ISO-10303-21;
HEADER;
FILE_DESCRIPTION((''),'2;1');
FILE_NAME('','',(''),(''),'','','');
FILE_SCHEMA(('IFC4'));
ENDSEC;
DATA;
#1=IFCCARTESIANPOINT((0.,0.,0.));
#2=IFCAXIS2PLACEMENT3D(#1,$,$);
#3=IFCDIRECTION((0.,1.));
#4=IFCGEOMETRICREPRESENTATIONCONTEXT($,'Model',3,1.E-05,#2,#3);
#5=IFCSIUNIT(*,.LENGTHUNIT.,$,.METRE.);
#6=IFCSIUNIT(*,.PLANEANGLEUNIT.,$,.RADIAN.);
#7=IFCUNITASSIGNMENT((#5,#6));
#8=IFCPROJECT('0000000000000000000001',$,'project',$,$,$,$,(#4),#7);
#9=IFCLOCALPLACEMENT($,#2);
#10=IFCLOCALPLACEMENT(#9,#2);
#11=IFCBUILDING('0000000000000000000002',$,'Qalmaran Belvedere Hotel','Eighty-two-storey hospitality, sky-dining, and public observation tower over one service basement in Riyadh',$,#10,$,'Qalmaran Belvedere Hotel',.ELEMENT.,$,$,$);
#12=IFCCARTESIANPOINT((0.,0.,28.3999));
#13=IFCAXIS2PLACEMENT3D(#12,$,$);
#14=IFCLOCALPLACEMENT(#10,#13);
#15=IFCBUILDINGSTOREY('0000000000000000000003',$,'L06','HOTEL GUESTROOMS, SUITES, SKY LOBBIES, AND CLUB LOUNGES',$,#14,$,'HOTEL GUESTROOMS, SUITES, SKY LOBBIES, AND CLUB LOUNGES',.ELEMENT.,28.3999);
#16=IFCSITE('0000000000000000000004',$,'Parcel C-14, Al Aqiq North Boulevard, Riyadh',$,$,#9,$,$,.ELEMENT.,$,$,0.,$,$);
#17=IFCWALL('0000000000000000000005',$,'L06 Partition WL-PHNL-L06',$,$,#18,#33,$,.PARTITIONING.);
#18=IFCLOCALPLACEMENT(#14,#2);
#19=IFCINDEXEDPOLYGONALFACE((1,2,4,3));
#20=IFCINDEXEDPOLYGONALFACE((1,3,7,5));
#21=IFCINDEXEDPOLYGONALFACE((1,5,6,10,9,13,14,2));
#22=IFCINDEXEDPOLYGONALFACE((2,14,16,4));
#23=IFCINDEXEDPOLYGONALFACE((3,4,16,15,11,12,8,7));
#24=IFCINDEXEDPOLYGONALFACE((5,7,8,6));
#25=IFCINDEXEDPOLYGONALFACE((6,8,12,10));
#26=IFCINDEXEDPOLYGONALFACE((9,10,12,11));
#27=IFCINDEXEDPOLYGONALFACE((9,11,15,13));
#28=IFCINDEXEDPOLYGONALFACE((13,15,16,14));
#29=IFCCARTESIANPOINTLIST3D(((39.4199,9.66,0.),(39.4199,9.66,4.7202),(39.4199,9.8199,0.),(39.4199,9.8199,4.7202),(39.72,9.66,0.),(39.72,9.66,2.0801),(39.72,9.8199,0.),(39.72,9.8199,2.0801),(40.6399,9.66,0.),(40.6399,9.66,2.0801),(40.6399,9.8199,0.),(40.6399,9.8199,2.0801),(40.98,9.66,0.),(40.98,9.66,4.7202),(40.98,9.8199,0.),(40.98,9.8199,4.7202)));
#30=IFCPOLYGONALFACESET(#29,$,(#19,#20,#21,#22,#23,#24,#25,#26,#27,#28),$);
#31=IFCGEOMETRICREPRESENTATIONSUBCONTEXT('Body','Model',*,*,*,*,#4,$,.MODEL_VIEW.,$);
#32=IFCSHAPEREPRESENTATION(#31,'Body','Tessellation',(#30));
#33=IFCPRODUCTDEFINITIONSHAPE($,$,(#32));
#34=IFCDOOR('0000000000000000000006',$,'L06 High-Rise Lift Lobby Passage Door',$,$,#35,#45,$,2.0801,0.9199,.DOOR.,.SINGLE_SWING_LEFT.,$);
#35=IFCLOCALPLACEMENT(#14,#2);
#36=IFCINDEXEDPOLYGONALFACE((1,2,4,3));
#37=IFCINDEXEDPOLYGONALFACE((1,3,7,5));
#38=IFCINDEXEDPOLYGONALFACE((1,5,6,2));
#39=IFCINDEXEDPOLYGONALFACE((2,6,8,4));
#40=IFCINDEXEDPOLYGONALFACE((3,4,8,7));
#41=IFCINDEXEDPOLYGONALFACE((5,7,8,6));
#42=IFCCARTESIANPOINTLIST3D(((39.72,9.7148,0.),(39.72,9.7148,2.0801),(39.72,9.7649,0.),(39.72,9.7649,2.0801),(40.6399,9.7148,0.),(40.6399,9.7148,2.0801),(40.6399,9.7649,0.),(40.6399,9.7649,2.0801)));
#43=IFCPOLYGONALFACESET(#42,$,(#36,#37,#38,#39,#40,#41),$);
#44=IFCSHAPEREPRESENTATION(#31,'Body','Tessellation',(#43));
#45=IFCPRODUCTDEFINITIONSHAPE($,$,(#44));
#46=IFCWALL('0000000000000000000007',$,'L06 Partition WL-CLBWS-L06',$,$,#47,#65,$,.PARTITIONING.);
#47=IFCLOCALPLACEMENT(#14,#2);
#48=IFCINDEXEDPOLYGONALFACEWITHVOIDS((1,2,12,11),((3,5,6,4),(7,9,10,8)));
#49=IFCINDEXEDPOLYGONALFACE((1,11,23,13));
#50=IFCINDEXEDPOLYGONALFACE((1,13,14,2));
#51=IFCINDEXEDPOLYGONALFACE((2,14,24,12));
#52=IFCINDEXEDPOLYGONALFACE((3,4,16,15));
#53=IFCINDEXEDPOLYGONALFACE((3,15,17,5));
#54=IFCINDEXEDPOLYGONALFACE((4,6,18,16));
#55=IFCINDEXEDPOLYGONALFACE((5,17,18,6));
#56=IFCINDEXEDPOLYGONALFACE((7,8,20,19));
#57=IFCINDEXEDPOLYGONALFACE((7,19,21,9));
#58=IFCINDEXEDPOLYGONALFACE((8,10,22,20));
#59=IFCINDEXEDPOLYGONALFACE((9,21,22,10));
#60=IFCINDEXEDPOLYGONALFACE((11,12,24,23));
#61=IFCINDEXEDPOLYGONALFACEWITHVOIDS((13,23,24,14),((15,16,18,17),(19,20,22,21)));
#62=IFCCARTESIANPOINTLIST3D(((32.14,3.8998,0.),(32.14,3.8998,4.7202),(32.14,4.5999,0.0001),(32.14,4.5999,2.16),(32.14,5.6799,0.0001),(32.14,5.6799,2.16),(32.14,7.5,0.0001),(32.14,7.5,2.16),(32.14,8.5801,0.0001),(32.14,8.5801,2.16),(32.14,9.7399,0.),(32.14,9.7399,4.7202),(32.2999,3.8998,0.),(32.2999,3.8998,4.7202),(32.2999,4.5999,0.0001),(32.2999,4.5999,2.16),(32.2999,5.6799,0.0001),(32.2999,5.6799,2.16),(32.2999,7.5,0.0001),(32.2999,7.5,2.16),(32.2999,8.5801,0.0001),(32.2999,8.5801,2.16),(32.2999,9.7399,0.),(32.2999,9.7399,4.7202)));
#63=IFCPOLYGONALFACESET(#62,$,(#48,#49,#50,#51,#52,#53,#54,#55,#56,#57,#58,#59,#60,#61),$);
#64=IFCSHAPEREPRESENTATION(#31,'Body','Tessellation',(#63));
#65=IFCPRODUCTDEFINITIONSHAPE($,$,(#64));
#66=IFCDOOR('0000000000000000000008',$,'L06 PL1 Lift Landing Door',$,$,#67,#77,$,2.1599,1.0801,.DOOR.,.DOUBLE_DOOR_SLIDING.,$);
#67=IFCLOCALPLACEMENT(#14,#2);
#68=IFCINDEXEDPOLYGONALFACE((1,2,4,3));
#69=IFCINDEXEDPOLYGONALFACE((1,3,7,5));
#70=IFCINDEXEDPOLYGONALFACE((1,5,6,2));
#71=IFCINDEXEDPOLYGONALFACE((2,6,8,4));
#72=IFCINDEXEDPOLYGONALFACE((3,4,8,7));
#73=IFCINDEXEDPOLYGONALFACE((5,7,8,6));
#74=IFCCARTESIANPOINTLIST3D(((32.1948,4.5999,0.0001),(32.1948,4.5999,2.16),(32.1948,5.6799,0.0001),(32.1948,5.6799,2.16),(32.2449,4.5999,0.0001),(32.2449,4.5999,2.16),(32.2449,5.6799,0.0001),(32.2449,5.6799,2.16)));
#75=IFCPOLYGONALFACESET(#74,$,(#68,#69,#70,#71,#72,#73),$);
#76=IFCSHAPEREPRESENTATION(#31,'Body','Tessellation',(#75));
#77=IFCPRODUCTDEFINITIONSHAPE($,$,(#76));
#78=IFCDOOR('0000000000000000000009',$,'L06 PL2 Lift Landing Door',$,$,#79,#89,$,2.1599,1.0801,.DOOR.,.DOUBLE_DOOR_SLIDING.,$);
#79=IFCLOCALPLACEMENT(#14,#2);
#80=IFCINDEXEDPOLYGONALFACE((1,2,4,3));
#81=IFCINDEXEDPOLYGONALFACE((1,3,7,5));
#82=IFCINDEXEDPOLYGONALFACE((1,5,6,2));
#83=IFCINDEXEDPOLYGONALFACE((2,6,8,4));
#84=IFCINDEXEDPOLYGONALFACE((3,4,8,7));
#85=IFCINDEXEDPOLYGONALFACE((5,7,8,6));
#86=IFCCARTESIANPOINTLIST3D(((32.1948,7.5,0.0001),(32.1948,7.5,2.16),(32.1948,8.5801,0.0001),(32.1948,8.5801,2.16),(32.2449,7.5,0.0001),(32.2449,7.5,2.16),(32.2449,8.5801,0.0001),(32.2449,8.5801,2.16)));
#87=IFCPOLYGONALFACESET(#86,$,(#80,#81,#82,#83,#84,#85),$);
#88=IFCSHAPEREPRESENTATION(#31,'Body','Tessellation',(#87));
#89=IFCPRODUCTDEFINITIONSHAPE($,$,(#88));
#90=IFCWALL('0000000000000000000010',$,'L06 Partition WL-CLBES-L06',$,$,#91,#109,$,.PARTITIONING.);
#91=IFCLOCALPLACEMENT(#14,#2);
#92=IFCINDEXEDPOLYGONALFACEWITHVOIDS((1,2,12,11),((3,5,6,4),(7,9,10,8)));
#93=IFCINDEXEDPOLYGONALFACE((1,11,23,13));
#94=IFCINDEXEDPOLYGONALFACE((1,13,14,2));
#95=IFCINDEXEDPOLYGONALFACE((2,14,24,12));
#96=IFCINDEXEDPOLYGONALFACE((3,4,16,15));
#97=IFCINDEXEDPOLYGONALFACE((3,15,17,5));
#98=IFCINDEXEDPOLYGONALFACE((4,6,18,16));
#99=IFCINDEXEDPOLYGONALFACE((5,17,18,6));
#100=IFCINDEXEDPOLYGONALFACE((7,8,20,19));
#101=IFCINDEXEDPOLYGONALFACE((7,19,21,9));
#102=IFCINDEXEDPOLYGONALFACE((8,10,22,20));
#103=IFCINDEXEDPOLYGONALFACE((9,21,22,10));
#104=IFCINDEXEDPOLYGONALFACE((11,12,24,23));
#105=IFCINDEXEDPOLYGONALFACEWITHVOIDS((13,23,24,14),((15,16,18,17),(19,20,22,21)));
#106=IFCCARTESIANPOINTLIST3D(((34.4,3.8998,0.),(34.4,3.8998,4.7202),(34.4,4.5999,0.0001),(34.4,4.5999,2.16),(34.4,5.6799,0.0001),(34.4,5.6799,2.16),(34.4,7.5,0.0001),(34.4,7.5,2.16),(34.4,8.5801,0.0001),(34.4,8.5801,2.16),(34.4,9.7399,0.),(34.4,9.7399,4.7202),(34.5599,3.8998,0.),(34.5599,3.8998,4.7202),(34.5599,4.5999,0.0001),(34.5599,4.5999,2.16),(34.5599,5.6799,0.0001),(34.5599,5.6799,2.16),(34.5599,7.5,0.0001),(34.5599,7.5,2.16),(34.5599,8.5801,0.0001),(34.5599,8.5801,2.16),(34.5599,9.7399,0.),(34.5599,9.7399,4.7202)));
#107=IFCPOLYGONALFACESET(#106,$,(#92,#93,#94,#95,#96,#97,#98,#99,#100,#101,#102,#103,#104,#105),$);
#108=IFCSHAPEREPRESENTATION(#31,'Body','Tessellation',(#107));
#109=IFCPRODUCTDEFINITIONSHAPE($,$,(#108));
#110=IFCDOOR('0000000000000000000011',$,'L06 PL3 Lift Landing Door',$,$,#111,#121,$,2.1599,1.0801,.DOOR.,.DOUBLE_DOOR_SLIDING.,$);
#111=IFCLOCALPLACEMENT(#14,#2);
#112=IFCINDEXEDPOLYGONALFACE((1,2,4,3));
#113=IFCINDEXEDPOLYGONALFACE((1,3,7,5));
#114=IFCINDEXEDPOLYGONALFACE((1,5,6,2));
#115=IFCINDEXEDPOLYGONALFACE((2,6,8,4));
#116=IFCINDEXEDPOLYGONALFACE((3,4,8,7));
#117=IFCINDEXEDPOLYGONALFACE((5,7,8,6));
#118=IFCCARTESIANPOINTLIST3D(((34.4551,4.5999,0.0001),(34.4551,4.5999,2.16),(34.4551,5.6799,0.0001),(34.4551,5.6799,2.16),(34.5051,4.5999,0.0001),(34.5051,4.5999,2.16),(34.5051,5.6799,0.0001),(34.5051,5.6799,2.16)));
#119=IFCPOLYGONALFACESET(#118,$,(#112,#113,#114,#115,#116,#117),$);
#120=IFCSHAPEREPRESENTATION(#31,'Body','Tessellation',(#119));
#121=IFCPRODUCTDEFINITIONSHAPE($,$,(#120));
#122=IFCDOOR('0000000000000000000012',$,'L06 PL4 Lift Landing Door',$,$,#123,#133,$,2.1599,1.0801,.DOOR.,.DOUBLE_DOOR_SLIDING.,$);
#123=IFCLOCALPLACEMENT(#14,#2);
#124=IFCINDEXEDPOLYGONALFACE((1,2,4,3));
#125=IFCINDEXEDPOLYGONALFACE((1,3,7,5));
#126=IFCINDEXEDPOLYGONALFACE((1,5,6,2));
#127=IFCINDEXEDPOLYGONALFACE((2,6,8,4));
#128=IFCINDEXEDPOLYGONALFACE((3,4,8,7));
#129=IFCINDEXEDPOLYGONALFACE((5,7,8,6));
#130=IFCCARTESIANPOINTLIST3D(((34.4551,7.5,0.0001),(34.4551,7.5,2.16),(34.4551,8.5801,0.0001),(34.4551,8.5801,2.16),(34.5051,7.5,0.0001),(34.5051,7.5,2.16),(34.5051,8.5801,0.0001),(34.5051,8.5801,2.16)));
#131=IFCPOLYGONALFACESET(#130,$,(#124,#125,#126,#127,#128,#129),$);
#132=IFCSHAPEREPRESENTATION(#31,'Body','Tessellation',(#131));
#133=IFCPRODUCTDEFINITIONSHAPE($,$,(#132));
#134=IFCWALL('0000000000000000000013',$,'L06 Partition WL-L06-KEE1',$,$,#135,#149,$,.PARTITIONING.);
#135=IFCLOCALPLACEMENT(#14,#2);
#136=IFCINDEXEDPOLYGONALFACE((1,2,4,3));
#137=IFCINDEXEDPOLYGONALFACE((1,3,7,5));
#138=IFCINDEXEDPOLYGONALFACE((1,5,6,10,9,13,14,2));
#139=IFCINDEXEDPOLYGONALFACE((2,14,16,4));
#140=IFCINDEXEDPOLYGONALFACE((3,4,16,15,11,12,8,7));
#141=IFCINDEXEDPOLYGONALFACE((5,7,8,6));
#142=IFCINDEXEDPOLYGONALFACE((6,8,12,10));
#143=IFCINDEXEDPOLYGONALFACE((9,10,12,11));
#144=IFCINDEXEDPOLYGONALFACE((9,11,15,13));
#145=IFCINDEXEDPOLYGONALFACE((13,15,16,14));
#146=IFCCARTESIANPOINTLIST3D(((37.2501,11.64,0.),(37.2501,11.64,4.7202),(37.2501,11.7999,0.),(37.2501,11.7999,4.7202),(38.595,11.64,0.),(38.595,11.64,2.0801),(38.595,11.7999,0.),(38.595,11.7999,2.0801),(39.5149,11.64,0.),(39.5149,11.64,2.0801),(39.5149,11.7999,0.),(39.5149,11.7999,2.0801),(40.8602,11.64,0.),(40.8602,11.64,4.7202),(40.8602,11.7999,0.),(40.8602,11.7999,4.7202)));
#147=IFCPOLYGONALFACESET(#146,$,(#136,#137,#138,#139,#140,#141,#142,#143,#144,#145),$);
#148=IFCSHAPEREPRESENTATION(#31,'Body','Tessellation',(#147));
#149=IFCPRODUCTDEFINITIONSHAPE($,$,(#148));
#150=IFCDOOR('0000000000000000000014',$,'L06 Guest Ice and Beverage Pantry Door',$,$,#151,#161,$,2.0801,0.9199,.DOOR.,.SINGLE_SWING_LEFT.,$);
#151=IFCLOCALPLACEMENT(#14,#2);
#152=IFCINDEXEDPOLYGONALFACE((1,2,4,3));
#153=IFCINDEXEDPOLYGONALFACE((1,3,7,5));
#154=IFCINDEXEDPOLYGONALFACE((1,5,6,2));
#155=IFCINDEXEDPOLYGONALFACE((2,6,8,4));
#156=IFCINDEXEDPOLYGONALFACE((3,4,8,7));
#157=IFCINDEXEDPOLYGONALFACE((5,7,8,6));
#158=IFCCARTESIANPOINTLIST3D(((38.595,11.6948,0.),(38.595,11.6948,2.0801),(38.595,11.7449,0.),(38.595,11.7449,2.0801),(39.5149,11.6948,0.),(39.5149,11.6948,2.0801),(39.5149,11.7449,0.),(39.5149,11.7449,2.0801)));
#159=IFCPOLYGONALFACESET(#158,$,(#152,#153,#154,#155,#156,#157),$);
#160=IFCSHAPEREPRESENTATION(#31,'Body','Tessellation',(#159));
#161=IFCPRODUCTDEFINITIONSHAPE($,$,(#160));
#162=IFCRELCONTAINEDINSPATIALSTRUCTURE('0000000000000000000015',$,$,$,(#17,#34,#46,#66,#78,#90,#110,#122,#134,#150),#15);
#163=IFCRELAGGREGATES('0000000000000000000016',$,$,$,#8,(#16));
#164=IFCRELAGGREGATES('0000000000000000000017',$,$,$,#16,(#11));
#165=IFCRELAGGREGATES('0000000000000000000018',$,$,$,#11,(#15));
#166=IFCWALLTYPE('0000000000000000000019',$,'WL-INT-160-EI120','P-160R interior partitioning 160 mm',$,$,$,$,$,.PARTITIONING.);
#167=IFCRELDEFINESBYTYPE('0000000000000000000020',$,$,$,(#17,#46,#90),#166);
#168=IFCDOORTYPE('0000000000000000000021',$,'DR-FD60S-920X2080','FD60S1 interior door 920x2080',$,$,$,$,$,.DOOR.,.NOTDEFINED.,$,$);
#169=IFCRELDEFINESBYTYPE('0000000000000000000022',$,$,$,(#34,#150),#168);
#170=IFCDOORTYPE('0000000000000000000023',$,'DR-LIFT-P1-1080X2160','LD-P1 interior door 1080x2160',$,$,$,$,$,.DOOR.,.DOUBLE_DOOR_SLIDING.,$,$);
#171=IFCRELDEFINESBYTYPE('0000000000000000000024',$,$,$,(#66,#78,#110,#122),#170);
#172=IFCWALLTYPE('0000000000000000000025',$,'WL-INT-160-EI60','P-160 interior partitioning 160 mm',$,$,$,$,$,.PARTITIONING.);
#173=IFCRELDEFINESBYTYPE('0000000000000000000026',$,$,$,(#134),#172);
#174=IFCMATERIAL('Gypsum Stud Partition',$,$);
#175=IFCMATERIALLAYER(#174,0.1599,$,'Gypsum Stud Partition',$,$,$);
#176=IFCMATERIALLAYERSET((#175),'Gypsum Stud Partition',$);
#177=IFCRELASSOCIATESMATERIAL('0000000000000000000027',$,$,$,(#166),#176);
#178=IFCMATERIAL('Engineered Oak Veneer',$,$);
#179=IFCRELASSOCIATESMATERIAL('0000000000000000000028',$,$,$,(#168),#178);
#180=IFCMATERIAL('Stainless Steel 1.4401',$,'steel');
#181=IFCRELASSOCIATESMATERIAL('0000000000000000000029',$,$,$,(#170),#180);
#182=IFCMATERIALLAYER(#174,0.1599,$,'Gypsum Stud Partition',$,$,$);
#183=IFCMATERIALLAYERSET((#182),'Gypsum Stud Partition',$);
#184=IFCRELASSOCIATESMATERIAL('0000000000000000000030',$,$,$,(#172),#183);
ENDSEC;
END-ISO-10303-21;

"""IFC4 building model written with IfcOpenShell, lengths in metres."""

from ifc_helpers import new_model, si_unit, direction, frame, frame_2d, origin, place, context, subcontext, project, spatial, rectangle, extrude, material, layer, layer_set, type_object, element, fill, save


model = new_model("IFC4")

# Units and contexts
model_context = context("Model", 3, precision=1e-05, world=origin(), true_north=direction((0.0, 1.0)))
body_context = subcontext(model_context, "Body", "Model", "MODEL_VIEW")
ifc_project = project(units=[si_unit("LENGTHUNIT", "METRE"), si_unit("PLANEANGLEUNIT", "RADIAN")], contexts=[model_context])

# Site, building, storey
site_placement = place(None, origin())
site = spatial("IfcSite", under=ifc_project, at=site_placement, Name="Parcel C-14, Al Aqiq North Boulevard, Riyadh", CompositionType="ELEMENT", RefElevation=0.0)
building_placement = place(site_placement, origin())
building = spatial("IfcBuilding", under=site, at=building_placement, Name="Qalmaran Belvedere Hotel", Description="Eighty-two-storey hospitality, sky-dining, and public observation tower over one service basement in Riyadh", LongName="Qalmaran Belvedere Hotel", CompositionType="ELEMENT")
storey_placement = place(building_placement, frame((0.0, 0.0, 28.3999)))
storey = spatial("IfcBuildingStorey", under=building, at=storey_placement, Name="L06", Description="HOTEL GUESTROOMS, SUITES, SKY LOBBIES, AND CLUB LOUNGES", LongName="HOTEL GUESTROOMS, SUITES, SKY LOBBIES, AND CLUB LOUNGES", CompositionType="ELEMENT", Elevation=28.3999)

# Shared definitions
ifc_material_1 = material(Name="Gypsum Stud Partition")
ifc_layer_1 = layer(ifc_material_1, 0.1599, Name="Gypsum Stud Partition")
ifc_layer_set_1 = layer_set([ifc_layer_1], Name="Gypsum Stud Partition")
wall_type_1 = type_object("IfcWallType", Name="WL-INT-160-EI120", Description="P-160R interior partitioning 160 mm", PredefinedType="PARTITIONING", material=ifc_layer_set_1)

# Wall, opening, door
wall_1_placement = place(storey_placement, frame((39.4199, 9.74, 0.0), z_axis=(0.0, 0.0, 1.0), x_axis=(1.0, 0.0, 0.0)))
wall_1 = element("IfcWall", 1, at=wall_1_placement, inside=storey, type_object=wall_type_1, Name="L06 Partition WL-PHNL-L06", PredefinedType="PARTITIONING", context=body_context, shape_type="SweptSolid", body=[
    extrude(rectangle(XDim=1.5601, YDim=0.1599, at=frame_2d((0.78, 0.0))), origin(), (0.0, 0.0, 1.0), 4.7202),
])
opening_1_placement = place(wall_1_placement, frame((0.3, 0.0, 0.0)))
opening_1 = element("IfcOpeningElement", 2, at=opening_1_placement, cuts=wall_1, PredefinedType="OPENING", context=body_context, shape_type="SweptSolid", body=[
    extrude(rectangle(XDim=0.9199, YDim=2.0801, at=frame_2d((0.46, 1.04))), frame((0.0, 0.0898, 0.0), z_axis=(0.0, -1.0, 0.0), x_axis=(1.0, 0.0, 0.0)), (0.0, 0.0, 1.0), 0.1799),
])
ifc_material_2 = material(Name="Engineered Oak Veneer")
door_type_1 = type_object("IfcDoorType", Name="DR-FD60S-920X2080", Description="FD60S1 interior door 920x2080", OperationType="NOTDEFINED", PredefinedType="DOOR", material=ifc_material_2)
door_1_placement = place(opening_1_placement, origin())
door_1 = element("IfcDoor", 3, at=door_1_placement, inside=storey, type_object=door_type_1, Name="L06 High-Rise Lift Lobby Passage Door", OperationType="SINGLE_SWING_LEFT", OverallHeight=2.0801, OverallWidth=0.9199, PredefinedType="DOOR", context=body_context, shape_type="SweptSolid", body=[
    extrude(rectangle(XDim=0.9199, YDim=2.0801, at=frame_2d((0.46, 1.04))), frame((0.0, 0.0249, 0.0), z_axis=(0.0, -1.0, 0.0), x_axis=(1.0, 0.0, 0.0)), (0.0, 0.0, 1.0), 0.05),
])
fill(opening_1, door_1)

# Walls, openings, doors
wall_2_placement = place(storey_placement, frame((32.22, 3.8999, 0.0), z_axis=(0.0, 0.0, 1.0), x_axis=(0.0, 1.0, 0.0)))
wall_2 = element("IfcWall", 4, at=wall_2_placement, inside=storey, type_object=wall_type_1, Name="L06 Partition WL-CLBWS-L06", PredefinedType="PARTITIONING", context=body_context, shape_type="SweptSolid", body=[
    extrude(rectangle(XDim=5.8401, YDim=0.1599, at=frame_2d((2.9199, 0.0))), origin(), (0.0, 0.0, 1.0), 4.7202),
])
opening_2_placement = place(wall_2_placement, frame((1.78, 0.0, 0.0), z_axis=(0.0, 0.0, 1.0), x_axis=(-1.0, 0.0, 0.0)))
opening_2 = element("IfcOpeningElement", 5, at=opening_2_placement, cuts=wall_2, PredefinedType="OPENING", context=body_context, shape_type="SweptSolid", body=[
    extrude(rectangle(XDim=1.0801, YDim=2.1599, at=frame_2d((0.54, 1.0801))), frame((0.0, 0.0898, 0.0), z_axis=(0.0, -1.0, 0.0), x_axis=(1.0, 0.0, 0.0)), (0.0, 0.0, 1.0), 0.1799),
])
opening_3_placement = place(wall_2_placement, frame((4.6802, 0.0, 0.0), z_axis=(0.0, 0.0, 1.0), x_axis=(-1.0, 0.0, 0.0)))
opening_3 = element("IfcOpeningElement", 6, at=opening_3_placement, cuts=wall_2, PredefinedType="OPENING", context=body_context, shape_type="SweptSolid", body=[
    extrude(rectangle(XDim=1.0801, YDim=2.1599, at=frame_2d((0.54, 1.0801))), frame((0.0, 0.0898, 0.0), z_axis=(0.0, -1.0, 0.0), x_axis=(1.0, 0.0, 0.0)), (0.0, 0.0, 1.0), 0.1799),
])
ifc_material_3 = material(Name="Stainless Steel 1.4401", Category="steel")
door_type_2 = type_object("IfcDoorType", Name="DR-LIFT-P1-1080X2160", Description="LD-P1 interior door 1080x2160", OperationType="DOUBLE_DOOR_SLIDING", PredefinedType="DOOR", material=ifc_material_3)
door_2_placement = place(opening_2_placement, origin())
door_2 = element("IfcDoor", 7, at=door_2_placement, inside=storey, type_object=door_type_2, Name="L06 PL1 Lift Landing Door", OperationType="DOUBLE_DOOR_SLIDING", OverallHeight=2.1599, OverallWidth=1.0801, PredefinedType="DOOR", context=body_context, shape_type="SweptSolid", body=[
    extrude(rectangle(XDim=1.0801, YDim=2.1599, at=frame_2d((0.54, 1.0801))), frame((0.0, 0.0249, 0.0), z_axis=(0.0, -1.0, 0.0), x_axis=(1.0, 0.0, 0.0)), (0.0, 0.0, 1.0), 0.05),
])
fill(opening_2, door_2)
door_3_placement = place(opening_3_placement, origin())
door_3 = element("IfcDoor", 8, at=door_3_placement, inside=storey, type_object=door_type_2, Name="L06 PL2 Lift Landing Door", OperationType="DOUBLE_DOOR_SLIDING", OverallHeight=2.1599, OverallWidth=1.0801, PredefinedType="DOOR", context=body_context, shape_type="SweptSolid", body=[
    extrude(rectangle(XDim=1.0801, YDim=2.1599, at=frame_2d((0.54, 1.0801))), frame((0.0, 0.0249, 0.0), z_axis=(0.0, -1.0, 0.0), x_axis=(1.0, 0.0, 0.0)), (0.0, 0.0, 1.0), 0.05),
])
fill(opening_3, door_3)
wall_3_placement = place(storey_placement, frame((34.48, 3.8999, 0.0), z_axis=(0.0, 0.0, 1.0), x_axis=(0.0, 1.0, 0.0)))
wall_3 = element("IfcWall", 9, at=wall_3_placement, inside=storey, type_object=wall_type_1, Name="L06 Partition WL-CLBES-L06", PredefinedType="PARTITIONING", context=body_context, shape_type="SweptSolid", body=[
    extrude(rectangle(XDim=5.8401, YDim=0.1599, at=frame_2d((2.9199, 0.0))), origin(), (0.0, 0.0, 1.0), 4.7202),
])
opening_4_placement = place(wall_3_placement, frame((0.7, 0.0, 0.0)))
opening_4 = element("IfcOpeningElement", 10, at=opening_4_placement, cuts=wall_3, PredefinedType="OPENING", context=body_context, shape_type="SweptSolid", body=[
    extrude(rectangle(XDim=1.0801, YDim=2.1599, at=frame_2d((0.54, 1.0801))), frame((0.0, 0.0898, 0.0), z_axis=(0.0, -1.0, 0.0), x_axis=(1.0, 0.0, 0.0)), (0.0, 0.0, 1.0), 0.1799),
])
opening_5_placement = place(wall_3_placement, frame((3.6001, 0.0, 0.0)))
opening_5 = element("IfcOpeningElement", 11, at=opening_5_placement, cuts=wall_3, PredefinedType="OPENING", context=body_context, shape_type="SweptSolid", body=[
    extrude(rectangle(XDim=1.0801, YDim=2.1599, at=frame_2d((0.54, 1.0801))), frame((0.0, 0.0898, 0.0), z_axis=(0.0, -1.0, 0.0), x_axis=(1.0, 0.0, 0.0)), (0.0, 0.0, 1.0), 0.1799),
])
door_4_placement = place(opening_4_placement, origin())
door_4 = element("IfcDoor", 12, at=door_4_placement, inside=storey, type_object=door_type_2, Name="L06 PL3 Lift Landing Door", OperationType="DOUBLE_DOOR_SLIDING", OverallHeight=2.1599, OverallWidth=1.0801, PredefinedType="DOOR", context=body_context, shape_type="SweptSolid", body=[
    extrude(rectangle(XDim=1.0801, YDim=2.1599, at=frame_2d((0.54, 1.0801))), frame((0.0, 0.0249, 0.0), z_axis=(0.0, -1.0, 0.0), x_axis=(1.0, 0.0, 0.0)), (0.0, 0.0, 1.0), 0.05),
])
fill(opening_4, door_4)
door_5_placement = place(opening_5_placement, origin())
door_5 = element("IfcDoor", 13, at=door_5_placement, inside=storey, type_object=door_type_2, Name="L06 PL4 Lift Landing Door", OperationType="DOUBLE_DOOR_SLIDING", OverallHeight=2.1599, OverallWidth=1.0801, PredefinedType="DOOR", context=body_context, shape_type="SweptSolid", body=[
    extrude(rectangle(XDim=1.0801, YDim=2.1599, at=frame_2d((0.54, 1.0801))), frame((0.0, 0.0249, 0.0), z_axis=(0.0, -1.0, 0.0), x_axis=(1.0, 0.0, 0.0)), (0.0, 0.0, 1.0), 0.05),
])
fill(opening_5, door_5)

# Wall, opening, door
ifc_layer_2 = layer(ifc_material_1, 0.1599, Name="Gypsum Stud Partition")
ifc_layer_set_2 = layer_set([ifc_layer_2], Name="Gypsum Stud Partition")
wall_type_2 = type_object("IfcWallType", Name="WL-INT-160-EI60", Description="P-160 interior partitioning 160 mm", PredefinedType="PARTITIONING", material=ifc_layer_set_2)
wall_4_placement = place(storey_placement, frame((37.25, 11.72, 0.0), z_axis=(0.0, 0.0, 1.0), x_axis=(1.0, 0.0, 0.0)))
wall_4 = element("IfcWall", 14, at=wall_4_placement, inside=storey, type_object=wall_type_2, Name="L06 Partition WL-L06-KEE1", PredefinedType="PARTITIONING", context=body_context, shape_type="SweptSolid", body=[
    extrude(rectangle(XDim=3.6101, YDim=0.1599, at=frame_2d((1.8052, 0.0))), origin(), (0.0, 0.0, 1.0), 4.7202),
])
opening_6_placement = place(wall_4_placement, frame((1.345, 0.0, 0.0)))
opening_6 = element("IfcOpeningElement", 15, at=opening_6_placement, cuts=wall_4, PredefinedType="OPENING", context=body_context, shape_type="SweptSolid", body=[
    extrude(rectangle(XDim=0.9199, YDim=2.0801, at=frame_2d((0.46, 1.04))), frame((0.0, 0.0898, 0.0), z_axis=(0.0, -1.0, 0.0), x_axis=(1.0, 0.0, 0.0)), (0.0, 0.0, 1.0), 0.1799),
])
door_6_placement = place(opening_6_placement, origin())
door_6 = element("IfcDoor", 16, at=door_6_placement, inside=storey, type_object=door_type_1, Name="L06 Guest Ice and Beverage Pantry Door", OperationType="SINGLE_SWING_LEFT", OverallHeight=2.0801, OverallWidth=0.9199, PredefinedType="DOOR", context=body_context, shape_type="SweptSolid", body=[
    extrude(rectangle(XDim=0.9199, YDim=2.0801, at=frame_2d((0.46, 1.04))), frame((0.0, 0.0249, 0.0), z_axis=(0.0, -1.0, 0.0), x_axis=(1.0, 0.0, 0.0)), (0.0, 0.0, 1.0), 0.05),
])
fill(opening_6, door_6)

save(model, "model.ifc")
